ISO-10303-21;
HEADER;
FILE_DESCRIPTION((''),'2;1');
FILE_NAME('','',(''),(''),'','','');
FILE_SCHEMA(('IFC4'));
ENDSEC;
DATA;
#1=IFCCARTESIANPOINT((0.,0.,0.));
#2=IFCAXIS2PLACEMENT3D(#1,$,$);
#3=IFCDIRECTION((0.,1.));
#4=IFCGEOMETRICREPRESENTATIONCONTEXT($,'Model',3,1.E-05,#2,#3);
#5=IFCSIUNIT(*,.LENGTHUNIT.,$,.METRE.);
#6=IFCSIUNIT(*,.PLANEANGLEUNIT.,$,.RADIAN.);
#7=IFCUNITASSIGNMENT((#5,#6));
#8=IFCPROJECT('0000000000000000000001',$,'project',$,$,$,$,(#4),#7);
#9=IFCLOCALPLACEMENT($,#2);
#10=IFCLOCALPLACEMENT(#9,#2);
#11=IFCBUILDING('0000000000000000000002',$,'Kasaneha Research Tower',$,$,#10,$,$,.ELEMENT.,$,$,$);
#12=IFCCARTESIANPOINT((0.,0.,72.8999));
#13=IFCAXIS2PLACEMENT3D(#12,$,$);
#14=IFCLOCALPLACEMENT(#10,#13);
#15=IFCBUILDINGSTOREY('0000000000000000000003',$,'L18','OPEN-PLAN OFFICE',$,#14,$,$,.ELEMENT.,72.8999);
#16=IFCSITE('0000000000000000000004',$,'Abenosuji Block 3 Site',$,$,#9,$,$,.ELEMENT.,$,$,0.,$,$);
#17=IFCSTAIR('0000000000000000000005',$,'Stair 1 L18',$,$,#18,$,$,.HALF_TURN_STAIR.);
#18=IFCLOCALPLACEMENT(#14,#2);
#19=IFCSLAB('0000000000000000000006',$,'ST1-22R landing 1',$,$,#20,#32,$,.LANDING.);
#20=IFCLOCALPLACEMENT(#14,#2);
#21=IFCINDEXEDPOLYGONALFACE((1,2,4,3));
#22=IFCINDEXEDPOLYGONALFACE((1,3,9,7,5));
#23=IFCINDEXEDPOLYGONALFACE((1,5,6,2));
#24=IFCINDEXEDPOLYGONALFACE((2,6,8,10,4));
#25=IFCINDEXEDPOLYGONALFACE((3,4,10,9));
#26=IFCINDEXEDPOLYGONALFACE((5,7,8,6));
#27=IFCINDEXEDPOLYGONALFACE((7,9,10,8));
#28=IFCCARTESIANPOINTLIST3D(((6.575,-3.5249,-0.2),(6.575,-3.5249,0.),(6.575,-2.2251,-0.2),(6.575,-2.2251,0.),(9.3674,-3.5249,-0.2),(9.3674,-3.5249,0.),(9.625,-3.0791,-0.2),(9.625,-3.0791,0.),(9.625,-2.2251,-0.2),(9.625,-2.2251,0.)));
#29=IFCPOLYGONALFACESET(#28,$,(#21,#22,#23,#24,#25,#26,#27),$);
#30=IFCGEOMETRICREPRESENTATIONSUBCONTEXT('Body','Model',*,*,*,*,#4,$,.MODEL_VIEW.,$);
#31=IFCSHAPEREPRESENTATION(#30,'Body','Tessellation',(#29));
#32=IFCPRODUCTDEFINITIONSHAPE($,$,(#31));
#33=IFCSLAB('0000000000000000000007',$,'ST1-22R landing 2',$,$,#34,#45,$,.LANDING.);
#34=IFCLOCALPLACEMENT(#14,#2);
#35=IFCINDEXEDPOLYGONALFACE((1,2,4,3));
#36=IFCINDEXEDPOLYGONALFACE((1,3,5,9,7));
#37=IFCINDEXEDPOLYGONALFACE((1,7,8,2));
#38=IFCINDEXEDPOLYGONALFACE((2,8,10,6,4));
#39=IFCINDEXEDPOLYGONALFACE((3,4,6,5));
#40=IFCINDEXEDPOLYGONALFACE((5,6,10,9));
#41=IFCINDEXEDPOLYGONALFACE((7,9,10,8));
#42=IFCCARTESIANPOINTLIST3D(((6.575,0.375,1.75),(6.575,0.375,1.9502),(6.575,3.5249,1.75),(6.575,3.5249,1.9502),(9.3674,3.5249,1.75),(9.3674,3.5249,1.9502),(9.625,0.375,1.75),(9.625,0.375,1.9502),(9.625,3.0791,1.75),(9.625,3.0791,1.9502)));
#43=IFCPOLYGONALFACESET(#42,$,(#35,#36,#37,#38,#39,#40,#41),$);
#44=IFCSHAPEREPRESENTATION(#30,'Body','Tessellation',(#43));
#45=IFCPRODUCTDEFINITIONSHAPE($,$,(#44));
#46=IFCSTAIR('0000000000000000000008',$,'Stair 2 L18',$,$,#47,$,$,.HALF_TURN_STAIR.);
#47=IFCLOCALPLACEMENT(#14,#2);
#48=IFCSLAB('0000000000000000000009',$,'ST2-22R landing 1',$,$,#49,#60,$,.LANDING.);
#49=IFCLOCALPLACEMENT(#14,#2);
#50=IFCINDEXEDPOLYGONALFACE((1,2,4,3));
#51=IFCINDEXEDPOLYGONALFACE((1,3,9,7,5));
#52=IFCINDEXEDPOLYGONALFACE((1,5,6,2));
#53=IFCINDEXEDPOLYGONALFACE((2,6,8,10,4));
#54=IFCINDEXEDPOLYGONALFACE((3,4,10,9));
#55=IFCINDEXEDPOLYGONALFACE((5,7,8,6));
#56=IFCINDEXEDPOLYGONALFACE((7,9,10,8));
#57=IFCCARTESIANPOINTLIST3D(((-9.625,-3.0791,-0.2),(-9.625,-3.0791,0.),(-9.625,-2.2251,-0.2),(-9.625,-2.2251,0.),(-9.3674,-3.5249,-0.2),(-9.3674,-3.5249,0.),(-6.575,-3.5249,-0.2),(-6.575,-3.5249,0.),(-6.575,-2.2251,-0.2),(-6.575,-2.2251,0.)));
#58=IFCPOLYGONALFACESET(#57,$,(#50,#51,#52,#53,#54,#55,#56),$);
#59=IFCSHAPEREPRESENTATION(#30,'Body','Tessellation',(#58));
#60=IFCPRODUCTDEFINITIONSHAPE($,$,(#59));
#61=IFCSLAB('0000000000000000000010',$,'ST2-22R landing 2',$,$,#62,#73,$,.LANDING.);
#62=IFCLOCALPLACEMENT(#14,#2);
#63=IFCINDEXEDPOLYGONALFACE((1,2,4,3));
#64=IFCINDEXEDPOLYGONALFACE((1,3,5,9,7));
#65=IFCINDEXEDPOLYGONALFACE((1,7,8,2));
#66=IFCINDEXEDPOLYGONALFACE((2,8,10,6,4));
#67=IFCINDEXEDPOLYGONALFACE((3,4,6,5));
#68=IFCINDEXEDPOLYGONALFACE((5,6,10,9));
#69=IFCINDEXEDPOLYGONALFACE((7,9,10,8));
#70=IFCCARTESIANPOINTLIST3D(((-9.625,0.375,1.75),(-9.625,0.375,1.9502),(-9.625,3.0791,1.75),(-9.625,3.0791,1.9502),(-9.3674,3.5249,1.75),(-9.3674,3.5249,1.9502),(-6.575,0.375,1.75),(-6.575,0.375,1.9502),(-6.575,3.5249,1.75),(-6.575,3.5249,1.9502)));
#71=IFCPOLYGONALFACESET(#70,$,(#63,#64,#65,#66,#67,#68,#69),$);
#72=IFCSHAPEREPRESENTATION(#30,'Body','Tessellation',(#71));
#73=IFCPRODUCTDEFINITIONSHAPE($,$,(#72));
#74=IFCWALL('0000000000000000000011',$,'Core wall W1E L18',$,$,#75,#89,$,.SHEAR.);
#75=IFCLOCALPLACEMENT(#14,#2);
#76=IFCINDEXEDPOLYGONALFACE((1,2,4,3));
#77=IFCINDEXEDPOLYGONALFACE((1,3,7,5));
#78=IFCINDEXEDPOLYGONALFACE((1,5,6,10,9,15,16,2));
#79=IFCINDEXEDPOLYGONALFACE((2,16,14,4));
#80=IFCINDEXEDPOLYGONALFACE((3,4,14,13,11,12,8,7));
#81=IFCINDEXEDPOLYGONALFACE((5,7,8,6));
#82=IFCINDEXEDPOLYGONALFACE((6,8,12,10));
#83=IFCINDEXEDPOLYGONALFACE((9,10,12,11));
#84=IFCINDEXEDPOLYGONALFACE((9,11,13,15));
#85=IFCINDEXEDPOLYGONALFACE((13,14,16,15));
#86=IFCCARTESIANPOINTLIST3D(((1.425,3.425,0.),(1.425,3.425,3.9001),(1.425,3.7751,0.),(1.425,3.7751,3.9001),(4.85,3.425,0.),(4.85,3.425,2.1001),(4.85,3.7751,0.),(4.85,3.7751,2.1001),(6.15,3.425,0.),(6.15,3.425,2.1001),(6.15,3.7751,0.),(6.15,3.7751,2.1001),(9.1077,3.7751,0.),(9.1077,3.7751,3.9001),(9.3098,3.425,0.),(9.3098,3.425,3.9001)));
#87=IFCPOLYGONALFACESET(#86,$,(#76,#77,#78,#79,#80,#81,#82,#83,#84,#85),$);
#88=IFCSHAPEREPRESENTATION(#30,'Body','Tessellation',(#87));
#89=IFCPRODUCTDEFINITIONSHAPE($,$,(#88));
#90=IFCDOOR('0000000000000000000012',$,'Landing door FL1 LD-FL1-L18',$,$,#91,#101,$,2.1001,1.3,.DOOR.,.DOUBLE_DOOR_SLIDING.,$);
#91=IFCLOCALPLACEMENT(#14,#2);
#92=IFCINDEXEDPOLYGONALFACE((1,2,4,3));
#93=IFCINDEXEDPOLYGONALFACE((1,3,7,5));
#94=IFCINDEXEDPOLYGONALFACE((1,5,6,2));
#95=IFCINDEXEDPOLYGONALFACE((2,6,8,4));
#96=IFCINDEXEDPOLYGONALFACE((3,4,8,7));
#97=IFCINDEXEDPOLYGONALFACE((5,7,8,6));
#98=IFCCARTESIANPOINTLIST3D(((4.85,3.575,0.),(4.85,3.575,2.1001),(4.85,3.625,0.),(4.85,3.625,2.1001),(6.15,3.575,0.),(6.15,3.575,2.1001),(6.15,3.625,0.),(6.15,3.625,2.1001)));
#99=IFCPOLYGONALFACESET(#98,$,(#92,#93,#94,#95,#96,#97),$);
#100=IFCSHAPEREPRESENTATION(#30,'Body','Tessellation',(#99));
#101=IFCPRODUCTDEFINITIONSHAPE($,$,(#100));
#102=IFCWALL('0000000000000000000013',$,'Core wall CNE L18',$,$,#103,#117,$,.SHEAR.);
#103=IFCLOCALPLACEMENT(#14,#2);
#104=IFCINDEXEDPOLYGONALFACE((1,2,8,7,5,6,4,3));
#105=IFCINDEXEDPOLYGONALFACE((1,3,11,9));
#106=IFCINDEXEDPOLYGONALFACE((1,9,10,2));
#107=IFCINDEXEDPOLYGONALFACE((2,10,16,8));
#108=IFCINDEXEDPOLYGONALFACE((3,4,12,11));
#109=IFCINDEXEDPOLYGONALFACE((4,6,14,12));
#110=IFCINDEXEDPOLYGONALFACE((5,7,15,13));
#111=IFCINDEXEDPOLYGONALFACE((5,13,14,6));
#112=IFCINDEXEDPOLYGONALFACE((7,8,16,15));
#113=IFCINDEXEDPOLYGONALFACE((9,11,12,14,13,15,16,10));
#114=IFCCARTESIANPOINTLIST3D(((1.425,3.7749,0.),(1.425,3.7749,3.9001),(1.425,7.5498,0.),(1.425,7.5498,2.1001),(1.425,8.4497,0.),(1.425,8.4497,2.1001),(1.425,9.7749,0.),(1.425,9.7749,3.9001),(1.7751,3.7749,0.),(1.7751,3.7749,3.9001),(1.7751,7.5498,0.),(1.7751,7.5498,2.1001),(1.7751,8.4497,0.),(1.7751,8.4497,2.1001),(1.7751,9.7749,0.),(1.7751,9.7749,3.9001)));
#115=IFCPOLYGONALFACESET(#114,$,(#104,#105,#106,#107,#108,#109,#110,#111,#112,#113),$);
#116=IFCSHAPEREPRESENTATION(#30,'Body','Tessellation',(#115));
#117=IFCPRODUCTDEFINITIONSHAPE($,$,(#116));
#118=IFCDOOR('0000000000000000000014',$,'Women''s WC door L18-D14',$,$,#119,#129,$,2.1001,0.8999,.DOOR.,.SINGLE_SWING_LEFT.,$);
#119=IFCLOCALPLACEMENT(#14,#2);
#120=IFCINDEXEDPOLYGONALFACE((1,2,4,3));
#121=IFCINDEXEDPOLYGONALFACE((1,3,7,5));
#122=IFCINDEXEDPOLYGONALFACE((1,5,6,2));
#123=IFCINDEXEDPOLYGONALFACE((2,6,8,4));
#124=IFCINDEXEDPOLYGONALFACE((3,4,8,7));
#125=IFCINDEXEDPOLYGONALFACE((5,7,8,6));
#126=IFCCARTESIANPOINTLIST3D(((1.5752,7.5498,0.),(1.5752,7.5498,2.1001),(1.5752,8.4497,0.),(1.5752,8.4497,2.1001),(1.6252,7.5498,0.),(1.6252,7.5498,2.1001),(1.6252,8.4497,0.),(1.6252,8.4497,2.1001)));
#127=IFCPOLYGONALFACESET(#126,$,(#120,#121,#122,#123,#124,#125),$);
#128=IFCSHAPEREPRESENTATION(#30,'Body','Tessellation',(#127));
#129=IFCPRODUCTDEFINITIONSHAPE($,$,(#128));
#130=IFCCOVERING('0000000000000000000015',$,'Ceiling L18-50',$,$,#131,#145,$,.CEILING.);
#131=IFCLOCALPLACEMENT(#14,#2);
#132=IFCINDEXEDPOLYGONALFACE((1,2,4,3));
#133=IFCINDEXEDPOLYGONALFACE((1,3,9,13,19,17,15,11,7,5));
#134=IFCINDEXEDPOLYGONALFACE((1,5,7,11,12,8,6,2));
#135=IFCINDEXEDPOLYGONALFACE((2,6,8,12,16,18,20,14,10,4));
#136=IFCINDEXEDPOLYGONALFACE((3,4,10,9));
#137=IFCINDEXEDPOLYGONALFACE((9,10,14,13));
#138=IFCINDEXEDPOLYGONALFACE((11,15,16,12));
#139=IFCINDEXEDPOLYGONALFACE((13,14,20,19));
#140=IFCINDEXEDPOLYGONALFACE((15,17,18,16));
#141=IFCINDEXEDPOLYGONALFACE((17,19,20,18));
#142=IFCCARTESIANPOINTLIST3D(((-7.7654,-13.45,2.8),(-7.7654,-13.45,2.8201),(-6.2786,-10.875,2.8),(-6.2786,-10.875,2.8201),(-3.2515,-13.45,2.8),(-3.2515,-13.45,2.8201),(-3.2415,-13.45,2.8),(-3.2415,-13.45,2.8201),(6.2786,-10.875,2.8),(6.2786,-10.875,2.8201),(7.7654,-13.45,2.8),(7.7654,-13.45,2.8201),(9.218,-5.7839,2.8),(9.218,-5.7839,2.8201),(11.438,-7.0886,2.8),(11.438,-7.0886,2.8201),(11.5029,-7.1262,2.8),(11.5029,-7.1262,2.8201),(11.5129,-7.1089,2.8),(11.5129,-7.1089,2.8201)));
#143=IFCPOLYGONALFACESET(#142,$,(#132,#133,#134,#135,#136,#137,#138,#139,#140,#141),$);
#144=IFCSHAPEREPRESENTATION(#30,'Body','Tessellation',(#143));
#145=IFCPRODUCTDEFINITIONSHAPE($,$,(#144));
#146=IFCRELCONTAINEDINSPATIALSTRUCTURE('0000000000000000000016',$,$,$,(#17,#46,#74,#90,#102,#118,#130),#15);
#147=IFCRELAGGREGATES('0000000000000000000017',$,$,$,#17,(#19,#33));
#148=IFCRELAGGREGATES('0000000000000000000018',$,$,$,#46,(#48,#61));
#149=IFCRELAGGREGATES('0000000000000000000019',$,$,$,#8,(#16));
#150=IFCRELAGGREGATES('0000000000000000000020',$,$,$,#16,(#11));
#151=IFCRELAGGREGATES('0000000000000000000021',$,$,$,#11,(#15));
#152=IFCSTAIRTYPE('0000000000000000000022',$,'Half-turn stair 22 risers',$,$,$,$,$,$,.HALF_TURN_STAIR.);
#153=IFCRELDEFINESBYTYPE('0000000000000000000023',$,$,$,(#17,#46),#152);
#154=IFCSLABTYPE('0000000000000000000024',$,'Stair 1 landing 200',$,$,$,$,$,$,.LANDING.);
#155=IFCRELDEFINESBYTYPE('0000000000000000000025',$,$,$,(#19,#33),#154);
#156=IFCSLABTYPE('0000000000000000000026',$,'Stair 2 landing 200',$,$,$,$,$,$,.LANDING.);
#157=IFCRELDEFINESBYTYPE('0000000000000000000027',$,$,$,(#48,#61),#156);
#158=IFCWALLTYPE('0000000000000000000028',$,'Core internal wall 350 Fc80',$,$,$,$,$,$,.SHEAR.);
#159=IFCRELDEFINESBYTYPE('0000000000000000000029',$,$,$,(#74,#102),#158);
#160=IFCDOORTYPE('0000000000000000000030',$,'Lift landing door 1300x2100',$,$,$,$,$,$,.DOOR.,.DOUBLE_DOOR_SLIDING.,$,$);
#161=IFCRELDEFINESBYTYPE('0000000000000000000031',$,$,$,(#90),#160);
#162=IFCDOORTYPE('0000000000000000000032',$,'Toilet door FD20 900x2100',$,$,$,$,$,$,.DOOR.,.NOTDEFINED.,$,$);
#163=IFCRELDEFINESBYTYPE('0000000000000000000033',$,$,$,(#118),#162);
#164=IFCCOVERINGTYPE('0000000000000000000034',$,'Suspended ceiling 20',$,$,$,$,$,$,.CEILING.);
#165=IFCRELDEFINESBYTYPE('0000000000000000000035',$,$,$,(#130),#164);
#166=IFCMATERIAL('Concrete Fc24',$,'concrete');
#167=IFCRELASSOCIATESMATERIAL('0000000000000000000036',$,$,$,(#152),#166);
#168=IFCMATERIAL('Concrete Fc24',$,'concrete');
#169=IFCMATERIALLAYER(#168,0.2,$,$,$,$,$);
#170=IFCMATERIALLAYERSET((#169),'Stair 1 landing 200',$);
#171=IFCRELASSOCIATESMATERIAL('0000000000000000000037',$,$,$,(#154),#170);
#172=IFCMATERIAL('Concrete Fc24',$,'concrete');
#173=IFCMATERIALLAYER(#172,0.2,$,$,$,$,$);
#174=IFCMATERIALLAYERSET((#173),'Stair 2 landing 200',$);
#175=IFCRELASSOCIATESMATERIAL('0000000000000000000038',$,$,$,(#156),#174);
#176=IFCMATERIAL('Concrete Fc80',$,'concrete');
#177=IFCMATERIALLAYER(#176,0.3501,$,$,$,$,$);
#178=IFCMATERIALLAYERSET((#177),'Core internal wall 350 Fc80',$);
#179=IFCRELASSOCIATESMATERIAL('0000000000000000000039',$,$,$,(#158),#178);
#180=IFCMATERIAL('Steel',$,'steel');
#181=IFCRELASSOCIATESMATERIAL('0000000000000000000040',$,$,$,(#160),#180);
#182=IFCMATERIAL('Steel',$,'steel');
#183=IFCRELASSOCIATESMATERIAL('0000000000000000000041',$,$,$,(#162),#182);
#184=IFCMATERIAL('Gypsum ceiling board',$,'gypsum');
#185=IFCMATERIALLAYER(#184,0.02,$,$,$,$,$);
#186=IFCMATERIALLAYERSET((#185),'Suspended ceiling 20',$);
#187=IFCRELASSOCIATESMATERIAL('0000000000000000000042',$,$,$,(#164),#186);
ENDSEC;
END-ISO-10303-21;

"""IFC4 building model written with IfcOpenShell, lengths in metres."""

from ifc_helpers import new_model, si_unit, direction, frame, frame_2d, origin, place, context, subcontext, project, spatial, polyline, rectangle, outline, extrude, material, layer, layer_set, type_object, element, fill, aggregate, save


model = new_model("IFC4")

# Units and contexts
model_context = context("Model", 3, precision=1e-05, world=origin(), true_north=direction((0.0, 1.0)))
body_context = subcontext(model_context, "Body", "Model", "MODEL_VIEW")
ifc_project = project(units=[si_unit("LENGTHUNIT", "METRE"), si_unit("PLANEANGLEUNIT", "RADIAN")], contexts=[model_context])

# Site, building, storey
site_placement = place(None, origin())
site = spatial("IfcSite", under=ifc_project, at=site_placement, Name="Abenosuji Block 3 Site", CompositionType="ELEMENT", RefElevation=0.0)
building_placement = place(site_placement, origin())
building = spatial("IfcBuilding", under=site, at=building_placement, Name="Kasaneha Research Tower", CompositionType="ELEMENT")
storey_placement = place(building_placement, frame((0.0, 0.0, 72.8999)))
storey = spatial("IfcBuildingStorey", under=building, at=storey_placement, Name="L18", Description="OPEN-PLAN OFFICE", CompositionType="ELEMENT", Elevation=72.8999)

# Stairs, slabs
ifc_material_1 = material(Name="Concrete Fc24", Category="concrete")
stair_type = type_object("IfcStairType", Name="Half-turn stair 22 risers", PredefinedType="HALF_TURN_STAIR", material=ifc_material_1)
stair_1_placement = place(storey_placement, origin())
stair_1 = element("IfcStair", 1, at=stair_1_placement, inside=storey, type_object=stair_type, Name="Stair 1 L18", PredefinedType="HALF_TURN_STAIR")
ifc_material_2 = material(Name="Concrete Fc24", Category="concrete")
ifc_layer_1 = layer(ifc_material_2, 0.2)
ifc_layer_set_1 = layer_set([ifc_layer_1], Name="Stair 1 landing 200")
slab_type_1 = type_object("IfcSlabType", Name="Stair 1 landing 200", PredefinedType="LANDING", material=ifc_layer_set_1)
slab_1_placement = place(storey_placement, frame((0.0, 0.0, -0.2)))
slab_1 = element("IfcSlab", 2, at=slab_1_placement, type_object=slab_type_1, Name="ST1-22R landing 1", PredefinedType="LANDING", context=body_context, shape_type="SweptSolid", body=[
    extrude(outline(polyline([(9.3674, -3.5249), (6.575, -3.5249), (6.575, -2.2251), (9.625, -2.2251), (9.625, -3.0791), (9.3674, -3.5249)])), origin(), (0.0, 0.0, 1.0), 0.2),
])
slab_2_placement = place(storey_placement, frame((0.0, 0.0, 1.75)))
slab_2 = element("IfcSlab", 3, at=slab_2_placement, type_object=slab_type_1, Name="ST1-22R landing 2", PredefinedType="LANDING", context=body_context, shape_type="SweptSolid", body=[
    extrude(outline(polyline([(6.575, 3.5249), (9.3674, 3.5249), (9.625, 3.0791), (9.625, 0.375), (6.575, 0.375), (6.575, 3.5249)])), origin(), (0.0, 0.0, 1.0), 0.2002),
])
aggregate(stair_1, [slab_1, slab_2])
stair_2_placement = place(storey_placement, origin())
stair_2 = element("IfcStair", 4, at=stair_2_placement, inside=storey, type_object=stair_type, Name="Stair 2 L18", PredefinedType="HALF_TURN_STAIR")
ifc_material_3 = material(Name="Concrete Fc24", Category="concrete")
ifc_layer_2 = layer(ifc_material_3, 0.2)
ifc_layer_set_2 = layer_set([ifc_layer_2], Name="Stair 2 landing 200")
slab_type_2 = type_object("IfcSlabType", Name="Stair 2 landing 200", PredefinedType="LANDING", material=ifc_layer_set_2)
slab_3_placement = place(storey_placement, frame((0.0, 0.0, -0.2)))
slab_3 = element("IfcSlab", 5, at=slab_3_placement, type_object=slab_type_2, Name="ST2-22R landing 1", PredefinedType="LANDING", context=body_context, shape_type="SweptSolid", body=[
    extrude(outline(polyline([(-6.575, -3.5249), (-9.3674, -3.5249), (-9.625, -3.0791), (-9.625, -2.2251), (-6.575, -2.2251), (-6.575, -3.5249)])), origin(), (0.0, 0.0, 1.0), 0.2),
])
slab_4_placement = place(storey_placement, frame((0.0, 0.0, 1.75)))
slab_4 = element("IfcSlab", 6, at=slab_4_placement, type_object=slab_type_2, Name="ST2-22R landing 2", PredefinedType="LANDING", context=body_context, shape_type="SweptSolid", body=[
    extrude(outline(polyline([(-6.575, 0.375), (-9.625, 0.375), (-9.625, 3.0791), (-9.3674, 3.5249), (-6.575, 3.5249), (-6.575, 0.375)])), origin(), (0.0, 0.0, 1.0), 0.2002),
])
aggregate(stair_2, [slab_3, slab_4])

# Walls, openings, doors
ifc_material_4 = material(Name="Concrete Fc80", Category="concrete")
ifc_layer_3 = layer(ifc_material_4, 0.3501)
ifc_layer_set_3 = layer_set([ifc_layer_3], Name="Core internal wall 350 Fc80")
wall_type = type_object("IfcWallType", Name="Core internal wall 350 Fc80", PredefinedType="SHEAR", material=ifc_layer_set_3)
wall_1_placement = place(storey_placement, frame((1.425, 3.6001, 0.0), z_axis=(0.0, 0.0, 1.0), x_axis=(1.0, 0.0, 0.0)))
wall_1 = element("IfcWall", 7, at=wall_1_placement, inside=storey, type_object=wall_type, Name="Core wall W1E L18", PredefinedType="SHEAR", context=body_context, shape_type="SweptSolid", body=[
    extrude(outline(polyline([(0.0, -0.175), (3.425, -0.175), (4.7251, -0.175), (7.8848, -0.175), (7.6826, 0.175), (4.7251, 0.175), (3.425, 0.175), (0.0, 0.175), (0.0, -0.175)])), origin(), (0.0, 0.0, 1.0), 3.9001),
])
opening_1_placement = place(wall_1_placement, frame((3.425, 0.0, 0.0)))
opening_1 = element("IfcOpeningElement", 8, at=opening_1_placement, cuts=wall_1, PredefinedType="OPENING", context=body_context, shape_type="SweptSolid", body=[
    extrude(rectangle(XDim=1.3, YDim=2.1001, at=frame_2d((0.6499, 1.05))), frame((0.0, 0.1851, 0.0), z_axis=(0.0, -1.0, 0.0), x_axis=(1.0, 0.0, 0.0)), (0.0, 0.0, 1.0), 0.3701),
])
ifc_material_5 = material(Name="Steel", Category="steel")
door_type_1 = type_object("IfcDoorType", Name="Lift landing door 1300x2100", OperationType="DOUBLE_DOOR_SLIDING", PredefinedType="DOOR", material=ifc_material_5)
door_1_placement = place(opening_1_placement, origin())
door_1 = element("IfcDoor", 9, at=door_1_placement, inside=storey, type_object=door_type_1, Name="Landing door FL1 LD-FL1-L18", OperationType="DOUBLE_DOOR_SLIDING", OverallHeight=2.1001, OverallWidth=1.3, PredefinedType="DOOR", context=body_context, shape_type="SweptSolid", body=[
    extrude(rectangle(XDim=1.3, YDim=2.1001, at=frame_2d((0.6499, 1.05))), frame((0.0, 0.0249, 0.0), z_axis=(0.0, -1.0, 0.0), x_axis=(1.0, 0.0, 0.0)), (0.0, 0.0, 1.0), 0.05),
])
fill(opening_1, door_1)
wall_2_placement = place(storey_placement, frame((1.6001, 3.7749, 0.0), z_axis=(0.0, 0.0, 1.0), x_axis=(0.0, 1.0, 0.0)))
wall_2 = element("IfcWall", 10, at=wall_2_placement, inside=storey, type_object=wall_type, Name="Core wall CNE L18", PredefinedType="SHEAR", context=body_context, shape_type="SweptSolid", body=[
    extrude(rectangle(XDim=6.0, YDim=0.3501, at=frame_2d((3.0, 0.0))), origin(), (0.0, 0.0, 1.0), 3.9001),
])
opening_2_placement = place(wall_2_placement, frame((3.7749, 0.0, 0.0)))
opening_2 = element("IfcOpeningElement", 11, at=opening_2_placement, cuts=wall_2, PredefinedType="OPENING", context=body_context, shape_type="SweptSolid", body=[
    extrude(rectangle(XDim=0.8999, YDim=2.1001, at=frame_2d((0.45, 1.05))), frame((0.0, 0.1851, 0.0), z_axis=(0.0, -1.0, 0.0), x_axis=(1.0, 0.0, 0.0)), (0.0, 0.0, 1.0), 0.3701),
])
ifc_material_6 = material(Name="Steel", Category="steel")
door_type_2 = type_object("IfcDoorType", Name="Toilet door FD20 900x2100", OperationType="NOTDEFINED", PredefinedType="DOOR", material=ifc_material_6)
door_2_placement = place(opening_2_placement, origin())
door_2 = element("IfcDoor", 12, at=door_2_placement, inside=storey, type_object=door_type_2, Name="Women's WC door L18-D14", OperationType="SINGLE_SWING_LEFT", OverallHeight=2.1001, OverallWidth=0.8999, PredefinedType="DOOR", context=body_context, shape_type="SweptSolid", body=[
    extrude(rectangle(XDim=0.8999, YDim=2.1001, at=frame_2d((0.45, 1.05))), frame((0.0, 0.0249, 0.0), z_axis=(0.0, -1.0, 0.0), x_axis=(1.0, 0.0, 0.0)), (0.0, 0.0, 1.0), 0.05),
])
fill(opening_2, door_2)

# Covering
ifc_material_7 = material(Name="Gypsum ceiling board", Category="gypsum")
ifc_layer_4 = layer(ifc_material_7, 0.02)
ifc_layer_set_4 = layer_set([ifc_layer_4], Name="Suspended ceiling 20")
covering_type_1 = type_object("IfcCoveringType", Name="Suspended ceiling 20", PredefinedType="CEILING", material=ifc_layer_set_4)
covering_1_placement = place(storey_placement, frame((0.0, 0.0, 2.8)))
element("IfcCovering", 13, at=covering_1_placement, inside=storey, type_object=covering_type_1, Name="Ceiling L18-50", PredefinedType="CEILING", context=body_context, shape_type="SweptSolid", body=[
    extrude(outline(polyline([(-6.2786, -10.875), (6.2786, -10.875), (9.218, -5.7839), (11.5129, -7.1089), (11.5029, -7.1262), (11.438, -7.0886), (7.7654, -13.45), (-3.2415, -13.45), (-3.2515, -13.45), (-7.7654, -13.45), (-7.7654, -13.45), (-6.2786, -10.875)])), origin(), (0.0, 0.0, 1.0), 0.02),
])

save(model, "model.ifc")
